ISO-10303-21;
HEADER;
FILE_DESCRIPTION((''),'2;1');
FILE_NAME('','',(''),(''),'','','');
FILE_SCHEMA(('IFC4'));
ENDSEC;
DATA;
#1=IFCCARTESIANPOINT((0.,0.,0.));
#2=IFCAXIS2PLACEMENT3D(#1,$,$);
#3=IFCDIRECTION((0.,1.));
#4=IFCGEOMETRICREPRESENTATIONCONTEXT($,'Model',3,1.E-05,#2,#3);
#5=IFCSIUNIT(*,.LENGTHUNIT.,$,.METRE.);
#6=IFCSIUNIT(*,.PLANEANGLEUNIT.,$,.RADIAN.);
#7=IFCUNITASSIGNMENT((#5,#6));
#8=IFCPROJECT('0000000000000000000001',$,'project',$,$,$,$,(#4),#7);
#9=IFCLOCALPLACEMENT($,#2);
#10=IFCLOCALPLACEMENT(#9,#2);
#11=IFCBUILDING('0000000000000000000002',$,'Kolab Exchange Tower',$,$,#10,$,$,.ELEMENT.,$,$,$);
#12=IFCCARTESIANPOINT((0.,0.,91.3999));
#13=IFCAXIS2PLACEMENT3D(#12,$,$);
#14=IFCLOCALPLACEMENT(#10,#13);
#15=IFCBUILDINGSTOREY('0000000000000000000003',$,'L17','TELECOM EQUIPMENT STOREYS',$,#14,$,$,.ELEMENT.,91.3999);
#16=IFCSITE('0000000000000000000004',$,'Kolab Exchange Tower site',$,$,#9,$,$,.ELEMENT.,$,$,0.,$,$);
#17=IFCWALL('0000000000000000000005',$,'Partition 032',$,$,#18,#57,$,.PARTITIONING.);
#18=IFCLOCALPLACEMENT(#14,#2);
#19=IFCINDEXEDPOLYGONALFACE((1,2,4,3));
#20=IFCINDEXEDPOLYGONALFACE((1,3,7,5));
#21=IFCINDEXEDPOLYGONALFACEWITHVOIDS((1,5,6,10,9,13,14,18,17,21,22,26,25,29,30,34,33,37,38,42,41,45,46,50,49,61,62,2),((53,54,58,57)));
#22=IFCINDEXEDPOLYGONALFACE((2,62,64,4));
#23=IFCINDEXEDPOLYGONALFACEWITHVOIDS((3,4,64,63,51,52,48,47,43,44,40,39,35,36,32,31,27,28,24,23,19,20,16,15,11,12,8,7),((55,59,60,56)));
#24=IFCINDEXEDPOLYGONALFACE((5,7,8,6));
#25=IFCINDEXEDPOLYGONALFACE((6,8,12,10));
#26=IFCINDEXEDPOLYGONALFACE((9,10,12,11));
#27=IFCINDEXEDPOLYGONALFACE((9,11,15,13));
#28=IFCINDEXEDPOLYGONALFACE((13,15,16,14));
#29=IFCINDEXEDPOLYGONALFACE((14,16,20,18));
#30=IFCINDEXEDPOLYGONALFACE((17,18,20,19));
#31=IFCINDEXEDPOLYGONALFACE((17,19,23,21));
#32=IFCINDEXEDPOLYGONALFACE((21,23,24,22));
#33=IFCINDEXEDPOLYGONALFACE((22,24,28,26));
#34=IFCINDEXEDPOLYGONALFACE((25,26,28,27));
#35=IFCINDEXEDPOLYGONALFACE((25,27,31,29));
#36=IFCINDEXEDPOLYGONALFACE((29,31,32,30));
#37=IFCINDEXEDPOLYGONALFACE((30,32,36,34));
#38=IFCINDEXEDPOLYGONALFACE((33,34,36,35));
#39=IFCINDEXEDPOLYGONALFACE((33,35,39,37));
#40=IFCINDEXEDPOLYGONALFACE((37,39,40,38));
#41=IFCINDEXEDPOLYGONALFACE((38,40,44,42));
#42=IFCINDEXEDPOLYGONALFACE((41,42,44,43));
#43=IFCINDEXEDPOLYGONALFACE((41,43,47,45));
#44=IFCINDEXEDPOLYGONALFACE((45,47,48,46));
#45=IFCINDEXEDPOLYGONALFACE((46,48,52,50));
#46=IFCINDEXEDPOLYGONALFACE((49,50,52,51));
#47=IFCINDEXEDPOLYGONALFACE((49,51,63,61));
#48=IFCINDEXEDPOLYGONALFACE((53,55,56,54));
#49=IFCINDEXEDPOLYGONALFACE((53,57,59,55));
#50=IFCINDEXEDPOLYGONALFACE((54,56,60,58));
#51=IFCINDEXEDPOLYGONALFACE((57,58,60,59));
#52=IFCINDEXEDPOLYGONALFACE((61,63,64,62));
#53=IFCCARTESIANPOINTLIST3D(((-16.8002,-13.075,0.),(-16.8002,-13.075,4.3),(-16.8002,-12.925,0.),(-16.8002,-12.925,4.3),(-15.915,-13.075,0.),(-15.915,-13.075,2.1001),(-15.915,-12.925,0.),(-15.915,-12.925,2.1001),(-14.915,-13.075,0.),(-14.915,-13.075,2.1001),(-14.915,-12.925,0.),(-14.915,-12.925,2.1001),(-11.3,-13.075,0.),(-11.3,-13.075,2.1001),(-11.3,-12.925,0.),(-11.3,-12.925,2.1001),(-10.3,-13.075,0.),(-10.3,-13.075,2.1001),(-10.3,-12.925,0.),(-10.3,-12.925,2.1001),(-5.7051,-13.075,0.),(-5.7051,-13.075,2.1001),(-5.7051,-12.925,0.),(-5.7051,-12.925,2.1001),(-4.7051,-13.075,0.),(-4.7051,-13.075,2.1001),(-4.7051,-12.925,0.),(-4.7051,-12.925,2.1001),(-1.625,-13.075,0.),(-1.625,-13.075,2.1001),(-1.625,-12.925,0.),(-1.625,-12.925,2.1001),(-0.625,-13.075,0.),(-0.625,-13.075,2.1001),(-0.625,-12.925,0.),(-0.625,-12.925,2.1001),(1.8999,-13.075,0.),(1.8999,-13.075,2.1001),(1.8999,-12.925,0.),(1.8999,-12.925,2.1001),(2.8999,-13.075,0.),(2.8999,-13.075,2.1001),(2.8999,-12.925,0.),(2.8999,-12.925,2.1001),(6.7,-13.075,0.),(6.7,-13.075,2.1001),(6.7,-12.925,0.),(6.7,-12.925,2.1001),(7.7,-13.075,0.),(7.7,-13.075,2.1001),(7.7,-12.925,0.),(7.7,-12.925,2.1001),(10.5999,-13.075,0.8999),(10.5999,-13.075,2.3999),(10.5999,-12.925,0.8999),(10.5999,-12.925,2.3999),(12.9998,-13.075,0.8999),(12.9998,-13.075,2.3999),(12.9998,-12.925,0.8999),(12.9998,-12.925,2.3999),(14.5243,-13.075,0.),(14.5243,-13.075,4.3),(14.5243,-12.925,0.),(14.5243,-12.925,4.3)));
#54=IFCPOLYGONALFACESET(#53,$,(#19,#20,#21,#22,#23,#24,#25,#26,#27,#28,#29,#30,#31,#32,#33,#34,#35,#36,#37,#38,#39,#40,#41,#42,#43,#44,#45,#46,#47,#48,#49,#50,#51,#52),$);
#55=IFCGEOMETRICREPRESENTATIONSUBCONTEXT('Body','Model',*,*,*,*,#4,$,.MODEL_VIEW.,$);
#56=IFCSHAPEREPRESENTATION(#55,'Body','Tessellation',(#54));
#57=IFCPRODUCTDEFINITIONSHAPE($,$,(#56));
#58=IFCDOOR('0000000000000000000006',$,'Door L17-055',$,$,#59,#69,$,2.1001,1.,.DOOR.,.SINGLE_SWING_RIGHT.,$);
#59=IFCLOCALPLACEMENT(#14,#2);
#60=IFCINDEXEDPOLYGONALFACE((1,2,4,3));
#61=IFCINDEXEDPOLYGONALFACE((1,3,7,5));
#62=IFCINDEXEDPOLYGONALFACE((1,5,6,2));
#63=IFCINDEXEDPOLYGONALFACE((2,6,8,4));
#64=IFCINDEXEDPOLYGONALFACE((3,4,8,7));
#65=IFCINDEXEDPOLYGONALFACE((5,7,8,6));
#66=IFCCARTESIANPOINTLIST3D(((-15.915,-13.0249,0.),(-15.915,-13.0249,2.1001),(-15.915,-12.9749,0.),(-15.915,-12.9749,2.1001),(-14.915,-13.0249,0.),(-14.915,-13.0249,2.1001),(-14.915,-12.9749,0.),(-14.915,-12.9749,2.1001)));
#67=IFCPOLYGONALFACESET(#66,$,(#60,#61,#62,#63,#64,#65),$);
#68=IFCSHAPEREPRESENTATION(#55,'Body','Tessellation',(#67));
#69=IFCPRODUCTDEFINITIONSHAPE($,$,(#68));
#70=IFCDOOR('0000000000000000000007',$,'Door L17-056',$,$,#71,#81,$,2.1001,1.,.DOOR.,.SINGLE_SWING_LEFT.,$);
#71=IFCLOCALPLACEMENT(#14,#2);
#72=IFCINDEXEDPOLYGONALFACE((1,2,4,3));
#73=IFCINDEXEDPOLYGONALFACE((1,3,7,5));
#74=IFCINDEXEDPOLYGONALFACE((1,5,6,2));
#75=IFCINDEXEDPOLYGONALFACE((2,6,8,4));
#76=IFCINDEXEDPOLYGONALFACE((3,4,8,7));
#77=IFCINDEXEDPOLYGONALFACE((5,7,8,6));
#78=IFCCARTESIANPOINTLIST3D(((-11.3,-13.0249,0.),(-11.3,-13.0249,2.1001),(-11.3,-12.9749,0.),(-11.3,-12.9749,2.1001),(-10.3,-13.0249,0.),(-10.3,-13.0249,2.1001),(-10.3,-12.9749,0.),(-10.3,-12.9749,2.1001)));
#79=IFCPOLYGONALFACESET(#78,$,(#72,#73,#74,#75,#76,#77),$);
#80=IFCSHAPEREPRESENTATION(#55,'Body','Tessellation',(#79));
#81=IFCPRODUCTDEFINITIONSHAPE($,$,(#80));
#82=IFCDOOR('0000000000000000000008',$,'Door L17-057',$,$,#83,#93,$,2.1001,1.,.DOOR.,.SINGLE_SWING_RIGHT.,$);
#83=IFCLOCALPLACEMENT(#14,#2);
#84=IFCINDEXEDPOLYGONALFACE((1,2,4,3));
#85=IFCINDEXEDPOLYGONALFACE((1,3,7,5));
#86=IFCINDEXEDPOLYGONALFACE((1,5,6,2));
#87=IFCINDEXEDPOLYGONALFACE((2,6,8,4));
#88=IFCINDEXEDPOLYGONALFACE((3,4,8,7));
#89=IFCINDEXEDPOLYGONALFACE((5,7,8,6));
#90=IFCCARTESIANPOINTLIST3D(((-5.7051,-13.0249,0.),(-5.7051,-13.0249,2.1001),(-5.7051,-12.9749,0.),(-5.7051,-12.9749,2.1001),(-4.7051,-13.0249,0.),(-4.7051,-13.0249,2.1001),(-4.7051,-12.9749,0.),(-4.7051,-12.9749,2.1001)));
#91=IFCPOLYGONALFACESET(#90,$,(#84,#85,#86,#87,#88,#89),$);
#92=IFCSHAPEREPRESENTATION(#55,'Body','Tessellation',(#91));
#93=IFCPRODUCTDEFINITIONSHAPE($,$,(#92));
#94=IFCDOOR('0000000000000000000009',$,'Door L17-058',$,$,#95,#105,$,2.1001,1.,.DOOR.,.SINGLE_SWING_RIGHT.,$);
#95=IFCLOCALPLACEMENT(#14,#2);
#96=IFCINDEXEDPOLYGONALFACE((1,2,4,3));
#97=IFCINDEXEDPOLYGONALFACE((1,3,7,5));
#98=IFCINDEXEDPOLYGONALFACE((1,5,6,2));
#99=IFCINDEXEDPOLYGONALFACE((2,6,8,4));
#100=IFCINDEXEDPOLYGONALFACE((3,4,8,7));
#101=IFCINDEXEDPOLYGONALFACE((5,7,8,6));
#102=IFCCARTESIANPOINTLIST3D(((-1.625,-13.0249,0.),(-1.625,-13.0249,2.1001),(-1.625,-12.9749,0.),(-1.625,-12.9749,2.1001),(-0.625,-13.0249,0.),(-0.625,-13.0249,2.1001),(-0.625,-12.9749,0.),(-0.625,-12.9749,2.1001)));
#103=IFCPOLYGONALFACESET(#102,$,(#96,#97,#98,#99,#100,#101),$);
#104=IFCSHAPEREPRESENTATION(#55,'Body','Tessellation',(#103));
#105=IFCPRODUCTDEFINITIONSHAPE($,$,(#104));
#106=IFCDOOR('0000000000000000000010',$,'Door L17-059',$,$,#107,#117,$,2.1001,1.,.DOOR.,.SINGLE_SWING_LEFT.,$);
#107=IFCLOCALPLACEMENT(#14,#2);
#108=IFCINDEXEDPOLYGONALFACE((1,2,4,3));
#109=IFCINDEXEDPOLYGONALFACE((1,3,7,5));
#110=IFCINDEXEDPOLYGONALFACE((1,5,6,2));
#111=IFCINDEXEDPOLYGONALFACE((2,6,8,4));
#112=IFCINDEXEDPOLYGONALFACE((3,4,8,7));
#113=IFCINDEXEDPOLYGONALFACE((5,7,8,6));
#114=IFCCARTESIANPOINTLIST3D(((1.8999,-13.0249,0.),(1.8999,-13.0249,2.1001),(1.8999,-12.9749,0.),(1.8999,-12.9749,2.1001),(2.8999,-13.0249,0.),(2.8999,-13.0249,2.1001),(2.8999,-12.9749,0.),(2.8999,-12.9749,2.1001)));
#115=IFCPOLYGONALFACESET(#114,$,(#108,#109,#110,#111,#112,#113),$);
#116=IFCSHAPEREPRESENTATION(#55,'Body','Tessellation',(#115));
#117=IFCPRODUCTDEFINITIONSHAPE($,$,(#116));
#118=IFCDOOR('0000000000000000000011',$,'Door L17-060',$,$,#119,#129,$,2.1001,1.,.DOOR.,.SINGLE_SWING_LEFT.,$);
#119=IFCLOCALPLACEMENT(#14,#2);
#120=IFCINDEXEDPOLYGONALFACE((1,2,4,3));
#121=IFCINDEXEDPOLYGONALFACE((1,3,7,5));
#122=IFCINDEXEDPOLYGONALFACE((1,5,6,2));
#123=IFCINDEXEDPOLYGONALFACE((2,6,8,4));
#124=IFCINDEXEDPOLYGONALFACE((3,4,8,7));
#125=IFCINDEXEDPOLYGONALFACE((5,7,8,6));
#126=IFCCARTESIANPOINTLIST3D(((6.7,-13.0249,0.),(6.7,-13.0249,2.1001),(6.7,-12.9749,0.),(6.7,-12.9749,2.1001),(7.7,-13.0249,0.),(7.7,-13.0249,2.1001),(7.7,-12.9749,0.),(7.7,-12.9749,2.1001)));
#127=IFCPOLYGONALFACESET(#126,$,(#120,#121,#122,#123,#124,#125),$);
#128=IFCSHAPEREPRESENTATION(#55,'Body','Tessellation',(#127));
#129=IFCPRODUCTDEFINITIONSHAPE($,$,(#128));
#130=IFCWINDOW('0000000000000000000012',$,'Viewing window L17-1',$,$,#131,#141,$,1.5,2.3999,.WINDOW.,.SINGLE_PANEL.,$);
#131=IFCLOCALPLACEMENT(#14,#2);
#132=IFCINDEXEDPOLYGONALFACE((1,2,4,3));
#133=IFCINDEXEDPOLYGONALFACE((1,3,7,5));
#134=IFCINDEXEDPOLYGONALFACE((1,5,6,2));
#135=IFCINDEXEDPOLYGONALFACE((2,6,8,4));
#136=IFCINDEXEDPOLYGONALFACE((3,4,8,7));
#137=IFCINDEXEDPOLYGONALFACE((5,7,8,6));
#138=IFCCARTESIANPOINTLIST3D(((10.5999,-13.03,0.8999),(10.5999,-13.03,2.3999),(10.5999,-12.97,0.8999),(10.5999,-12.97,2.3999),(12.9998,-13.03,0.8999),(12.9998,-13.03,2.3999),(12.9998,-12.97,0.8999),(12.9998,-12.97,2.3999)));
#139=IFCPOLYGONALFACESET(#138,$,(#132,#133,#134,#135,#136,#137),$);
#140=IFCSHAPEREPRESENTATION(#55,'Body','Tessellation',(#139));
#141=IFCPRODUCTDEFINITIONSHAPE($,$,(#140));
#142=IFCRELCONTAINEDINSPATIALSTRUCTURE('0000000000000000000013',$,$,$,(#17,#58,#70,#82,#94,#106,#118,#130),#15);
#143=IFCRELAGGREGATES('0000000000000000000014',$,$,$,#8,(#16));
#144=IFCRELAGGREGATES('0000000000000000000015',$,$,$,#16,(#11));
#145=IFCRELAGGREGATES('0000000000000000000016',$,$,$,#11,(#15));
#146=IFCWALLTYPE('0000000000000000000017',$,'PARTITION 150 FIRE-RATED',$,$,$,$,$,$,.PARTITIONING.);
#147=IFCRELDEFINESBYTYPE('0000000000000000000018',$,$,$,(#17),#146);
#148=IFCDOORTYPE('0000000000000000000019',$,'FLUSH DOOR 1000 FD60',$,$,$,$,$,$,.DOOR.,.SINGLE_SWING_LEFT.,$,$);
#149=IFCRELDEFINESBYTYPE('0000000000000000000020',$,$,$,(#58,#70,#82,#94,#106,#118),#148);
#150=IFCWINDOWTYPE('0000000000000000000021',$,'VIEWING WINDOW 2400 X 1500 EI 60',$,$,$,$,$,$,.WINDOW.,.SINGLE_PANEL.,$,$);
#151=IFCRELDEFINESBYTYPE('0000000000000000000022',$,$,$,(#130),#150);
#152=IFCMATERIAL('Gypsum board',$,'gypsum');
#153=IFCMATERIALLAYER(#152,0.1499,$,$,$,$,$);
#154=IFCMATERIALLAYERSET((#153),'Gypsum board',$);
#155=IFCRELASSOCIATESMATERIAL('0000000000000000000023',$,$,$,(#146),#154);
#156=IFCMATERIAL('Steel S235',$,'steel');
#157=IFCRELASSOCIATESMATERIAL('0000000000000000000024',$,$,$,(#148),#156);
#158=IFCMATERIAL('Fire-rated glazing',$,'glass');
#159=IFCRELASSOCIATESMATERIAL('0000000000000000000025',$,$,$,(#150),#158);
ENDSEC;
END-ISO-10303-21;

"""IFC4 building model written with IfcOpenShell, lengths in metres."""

from ifc_helpers import new_model, si_unit, direction, frame, frame_2d, origin, place, context, subcontext, project, spatial, rectangle, extrude, material, layer, layer_set, type_object, element, fill, save


model = new_model("IFC4")

# Units and contexts
model_context = context("Model", 3, precision=1e-05, world=origin(), true_north=direction((0.0, 1.0)))
body_context = subcontext(model_context, "Body", "Model", "MODEL_VIEW")
ifc_project = project(units=[si_unit("LENGTHUNIT", "METRE"), si_unit("PLANEANGLEUNIT", "RADIAN")], contexts=[model_context])

# Site, building, storey
site_placement = place(None, origin())
site = spatial("IfcSite", under=ifc_project, at=site_placement, Name="Kolab Exchange Tower site", CompositionType="ELEMENT", RefElevation=0.0)
building_placement = place(site_placement, origin())
building = spatial("IfcBuilding", under=site, at=building_placement, Name="Kolab Exchange Tower", CompositionType="ELEMENT")
storey_placement = place(building_placement, frame((0.0, 0.0, 91.3999)))
storey = spatial("IfcBuildingStorey", under=building, at=storey_placement, Name="L17", Description="TELECOM EQUIPMENT STOREYS", CompositionType="ELEMENT", Elevation=91.3999)

# Shared definitions
ifc_material_1 = material(Name="Gypsum board", Category="gypsum")

# Shared definitions
ifc_layer_1 = layer(ifc_material_1, 0.1499)
ifc_layer_set_1 = layer_set([ifc_layer_1], Name="Gypsum board")
wall_type_1 = type_object("IfcWallType", Name="PARTITION 150 FIRE-RATED", PredefinedType="PARTITIONING", material=ifc_layer_set_1)
ifc_material_2 = material(Name="Steel S235", Category="steel")
door_type_1 = type_object("IfcDoorType", Name="FLUSH DOOR 1000 FD60", OperationType="SINGLE_SWING_LEFT", PredefinedType="DOOR", material=ifc_material_2)

# Wall, openings, doors, window
wall_1_placement = place(storey_placement, frame((-16.8, -13.0, 0.0), z_axis=(0.0, 0.0, 1.0), x_axis=(1.0, 0.0, 0.0)))
wall_1 = element("IfcWall", 1, at=wall_1_placement, inside=storey, type_object=wall_type_1, Name="Partition 032", PredefinedType="PARTITIONING", context=body_context, shape_type="SweptSolid", body=[
    extrude(rectangle(XDim=31.3245, YDim=0.1499, at=frame_2d((15.6621, 0.0))), origin(), (0.0, 0.0, 1.0), 4.3),
])
opening_1_placement = place(wall_1_placement, frame((0.885, 0.0, 0.0)))
opening_1 = element("IfcOpeningElement", 2, at=opening_1_placement, cuts=wall_1, PredefinedType="OPENING", context=body_context, shape_type="SweptSolid", body=[
    extrude(rectangle(XDim=1.0, YDim=2.1001, at=frame_2d((0.5, 1.05))), frame((0.0, 0.085, 0.0), z_axis=(0.0, -1.0, 0.0), x_axis=(1.0, 0.0, 0.0)), (0.0, 0.0, 1.0), 0.1699),
])
opening_2_placement = place(wall_1_placement, frame((5.5, 0.0, 0.0)))
opening_2 = element("IfcOpeningElement", 3, at=opening_2_placement, cuts=wall_1, PredefinedType="OPENING", context=body_context, shape_type="SweptSolid", body=[
    extrude(rectangle(XDim=1.0, YDim=2.1001, at=frame_2d((0.5, 1.05))), frame((0.0, 0.085, 0.0), z_axis=(0.0, -1.0, 0.0), x_axis=(1.0, 0.0, 0.0)), (0.0, 0.0, 1.0), 0.1699),
])
opening_3_placement = place(wall_1_placement, frame((11.095, 0.0, 0.0)))
opening_3 = element("IfcOpeningElement", 4, at=opening_3_placement, cuts=wall_1, PredefinedType="OPENING", context=body_context, shape_type="SweptSolid", body=[
    extrude(rectangle(XDim=1.0, YDim=2.1001, at=frame_2d((0.5, 1.05))), frame((0.0, 0.085, 0.0), z_axis=(0.0, -1.0, 0.0), x_axis=(1.0, 0.0, 0.0)), (0.0, 0.0, 1.0), 0.1699),
])
opening_4_placement = place(wall_1_placement, frame((15.175, 0.0, 0.0)))
opening_4 = element("IfcOpeningElement", 5, at=opening_4_placement, cuts=wall_1, PredefinedType="OPENING", context=body_context, shape_type="SweptSolid", body=[
    extrude(rectangle(XDim=1.0, YDim=2.1001, at=frame_2d((0.5, 1.05))), frame((0.0, 0.085, 0.0), z_axis=(0.0, -1.0, 0.0), x_axis=(1.0, 0.0, 0.0)), (0.0, 0.0, 1.0), 0.1699),
])
opening_5_placement = place(wall_1_placement, frame((18.7, 0.0, 0.0)))
opening_5 = element("IfcOpeningElement", 6, at=opening_5_placement, cuts=wall_1, PredefinedType="OPENING", context=body_context, shape_type="SweptSolid", body=[
    extrude(rectangle(XDim=1.0, YDim=2.1001, at=frame_2d((0.5, 1.05))), frame((0.0, 0.085, 0.0), z_axis=(0.0, -1.0, 0.0), x_axis=(1.0, 0.0, 0.0)), (0.0, 0.0, 1.0), 0.1699),
])
opening_6_placement = place(wall_1_placement, frame((23.5, 0.0, 0.0)))
opening_6 = element("IfcOpeningElement", 7, at=opening_6_placement, cuts=wall_1, PredefinedType="OPENING", context=body_context, shape_type="SweptSolid", body=[
    extrude(rectangle(XDim=1.0, YDim=2.1001, at=frame_2d((0.5, 1.05))), frame((0.0, 0.085, 0.0), z_axis=(0.0, -1.0, 0.0), x_axis=(1.0, 0.0, 0.0)), (0.0, 0.0, 1.0), 0.1699),
])
opening_7_placement = place(wall_1_placement, frame((27.3999, 0.0, 0.8999)))
opening_7 = element("IfcOpeningElement", 8, at=opening_7_placement, cuts=wall_1, PredefinedType="OPENING", context=body_context, shape_type="SweptSolid", body=[
    extrude(rectangle(XDim=2.3999, YDim=1.5, at=frame_2d((1.2, 0.75))), frame((0.0, 0.085, 0.0), z_axis=(0.0, -1.0, 0.0), x_axis=(1.0, 0.0, 0.0)), (0.0, 0.0, 1.0), 0.1699),
])
door_1_placement = place(opening_1_placement, frame((1.0, 0.0, 0.0), z_axis=(0.0, 0.0, 1.0), x_axis=(-1.0, 0.0, 0.0)))
door_1 = element("IfcDoor", 9, at=door_1_placement, inside=storey, type_object=door_type_1, Name="Door L17-055", OperationType="SINGLE_SWING_RIGHT", OverallHeight=2.1001, OverallWidth=1.0, PredefinedType="DOOR", context=body_context, shape_type="SweptSolid", body=[
    extrude(rectangle(XDim=1.0, YDim=2.1001, at=frame_2d((0.5, 1.05))), frame((0.0, 0.0249, 0.0), z_axis=(0.0, -1.0, 0.0), x_axis=(1.0, 0.0, 0.0)), (0.0, 0.0, 1.0), 0.05),
])
fill(opening_1, door_1)
door_2_placement = place(opening_2_placement, frame((1.0, 0.0, 0.0), z_axis=(0.0, 0.0, 1.0), x_axis=(-1.0, 0.0, 0.0)))
door_2 = element("IfcDoor", 10, at=door_2_placement, inside=storey, type_object=door_type_1, Name="Door L17-056", OperationType="SINGLE_SWING_LEFT", OverallHeight=2.1001, OverallWidth=1.0, PredefinedType="DOOR", context=body_context, shape_type="SweptSolid", body=[
    extrude(rectangle(XDim=1.0, YDim=2.1001, at=frame_2d((0.5, 1.05))), frame((0.0, 0.0249, 0.0), z_axis=(0.0, -1.0, 0.0), x_axis=(1.0, 0.0, 0.0)), (0.0, 0.0, 1.0), 0.05),
])
fill(opening_2, door_2)
door_3_placement = place(opening_3_placement, frame((1.0, 0.0, 0.0), z_axis=(0.0, 0.0, 1.0), x_axis=(-1.0, 0.0, 0.0)))
door_3 = element("IfcDoor", 11, at=door_3_placement, inside=storey, type_object=door_type_1, Name="Door L17-057", OperationType="SINGLE_SWING_RIGHT", OverallHeight=2.1001, OverallWidth=1.0, PredefinedType="DOOR", context=body_context, shape_type="SweptSolid", body=[
    extrude(rectangle(XDim=1.0, YDim=2.1001, at=frame_2d((0.5, 1.05))), frame((0.0, 0.0249, 0.0), z_axis=(0.0, -1.0, 0.0), x_axis=(1.0, 0.0, 0.0)), (0.0, 0.0, 1.0), 0.05),
])
fill(opening_3, door_3)
door_4_placement = place(opening_4_placement, frame((1.0, 0.0, 0.0), z_axis=(0.0, 0.0, 1.0), x_axis=(-1.0, 0.0, 0.0)))
door_4 = element("IfcDoor", 12, at=door_4_placement, inside=storey, type_object=door_type_1, Name="Door L17-058", OperationType="SINGLE_SWING_RIGHT", OverallHeight=2.1001, OverallWidth=1.0, PredefinedType="DOOR", context=body_context, shape_type="SweptSolid", body=[
    extrude(rectangle(XDim=1.0, YDim=2.1001, at=frame_2d((0.5, 1.05))), frame((0.0, 0.0249, 0.0), z_axis=(0.0, -1.0, 0.0), x_axis=(1.0, 0.0, 0.0)), (0.0, 0.0, 1.0), 0.05),
])
fill(opening_4, door_4)
door_5_placement = place(opening_5_placement, frame((1.0, 0.0, 0.0), z_axis=(0.0, 0.0, 1.0), x_axis=(-1.0, 0.0, 0.0)))
door_5 = element("IfcDoor", 13, at=door_5_placement, inside=storey, type_object=door_type_1, Name="Door L17-059", OperationType="SINGLE_SWING_LEFT", OverallHeight=2.1001, OverallWidth=1.0, PredefinedType="DOOR", context=body_context, shape_type="SweptSolid", body=[
    extrude(rectangle(XDim=1.0, YDim=2.1001, at=frame_2d((0.5, 1.05))), frame((0.0, 0.0249, 0.0), z_axis=(0.0, -1.0, 0.0), x_axis=(1.0, 0.0, 0.0)), (0.0, 0.0, 1.0), 0.05),
])
fill(opening_5, door_5)
door_6_placement = place(opening_6_placement, frame((1.0, 0.0, 0.0), z_axis=(0.0, 0.0, 1.0), x_axis=(-1.0, 0.0, 0.0)))
door_6 = element("IfcDoor", 14, at=door_6_placement, inside=storey, type_object=door_type_1, Name="Door L17-060", OperationType="SINGLE_SWING_LEFT", OverallHeight=2.1001, OverallWidth=1.0, PredefinedType="DOOR", context=body_context, shape_type="SweptSolid", body=[
    extrude(rectangle(XDim=1.0, YDim=2.1001, at=frame_2d((0.5, 1.05))), frame((0.0, 0.0249, 0.0), z_axis=(0.0, -1.0, 0.0), x_axis=(1.0, 0.0, 0.0)), (0.0, 0.0, 1.0), 0.05),
])
fill(opening_6, door_6)
ifc_material_3 = material(Name="Fire-rated glazing", Category="glass")
window_type = type_object("IfcWindowType", Name="VIEWING WINDOW 2400 X 1500 EI 60", PartitioningType="SINGLE_PANEL", PredefinedType="WINDOW", material=ifc_material_3)
window_placement = place(opening_7_placement, origin())
window = element("IfcWindow", 15, at=window_placement, inside=storey, type_object=window_type, Name="Viewing window L17-1", OverallHeight=1.5, OverallWidth=2.3999, PartitioningType="SINGLE_PANEL", PredefinedType="WINDOW", context=body_context, shape_type="SweptSolid", body=[
    extrude(rectangle(XDim=2.3999, YDim=1.5, at=frame_2d((1.2, 0.75))), frame((0.0, 0.03, 0.0), z_axis=(0.0, -1.0, 0.0), x_axis=(1.0, 0.0, 0.0)), (0.0, 0.0, 1.0), 0.0601),
])
fill(opening_7, window)

save(model, "model.ifc")
